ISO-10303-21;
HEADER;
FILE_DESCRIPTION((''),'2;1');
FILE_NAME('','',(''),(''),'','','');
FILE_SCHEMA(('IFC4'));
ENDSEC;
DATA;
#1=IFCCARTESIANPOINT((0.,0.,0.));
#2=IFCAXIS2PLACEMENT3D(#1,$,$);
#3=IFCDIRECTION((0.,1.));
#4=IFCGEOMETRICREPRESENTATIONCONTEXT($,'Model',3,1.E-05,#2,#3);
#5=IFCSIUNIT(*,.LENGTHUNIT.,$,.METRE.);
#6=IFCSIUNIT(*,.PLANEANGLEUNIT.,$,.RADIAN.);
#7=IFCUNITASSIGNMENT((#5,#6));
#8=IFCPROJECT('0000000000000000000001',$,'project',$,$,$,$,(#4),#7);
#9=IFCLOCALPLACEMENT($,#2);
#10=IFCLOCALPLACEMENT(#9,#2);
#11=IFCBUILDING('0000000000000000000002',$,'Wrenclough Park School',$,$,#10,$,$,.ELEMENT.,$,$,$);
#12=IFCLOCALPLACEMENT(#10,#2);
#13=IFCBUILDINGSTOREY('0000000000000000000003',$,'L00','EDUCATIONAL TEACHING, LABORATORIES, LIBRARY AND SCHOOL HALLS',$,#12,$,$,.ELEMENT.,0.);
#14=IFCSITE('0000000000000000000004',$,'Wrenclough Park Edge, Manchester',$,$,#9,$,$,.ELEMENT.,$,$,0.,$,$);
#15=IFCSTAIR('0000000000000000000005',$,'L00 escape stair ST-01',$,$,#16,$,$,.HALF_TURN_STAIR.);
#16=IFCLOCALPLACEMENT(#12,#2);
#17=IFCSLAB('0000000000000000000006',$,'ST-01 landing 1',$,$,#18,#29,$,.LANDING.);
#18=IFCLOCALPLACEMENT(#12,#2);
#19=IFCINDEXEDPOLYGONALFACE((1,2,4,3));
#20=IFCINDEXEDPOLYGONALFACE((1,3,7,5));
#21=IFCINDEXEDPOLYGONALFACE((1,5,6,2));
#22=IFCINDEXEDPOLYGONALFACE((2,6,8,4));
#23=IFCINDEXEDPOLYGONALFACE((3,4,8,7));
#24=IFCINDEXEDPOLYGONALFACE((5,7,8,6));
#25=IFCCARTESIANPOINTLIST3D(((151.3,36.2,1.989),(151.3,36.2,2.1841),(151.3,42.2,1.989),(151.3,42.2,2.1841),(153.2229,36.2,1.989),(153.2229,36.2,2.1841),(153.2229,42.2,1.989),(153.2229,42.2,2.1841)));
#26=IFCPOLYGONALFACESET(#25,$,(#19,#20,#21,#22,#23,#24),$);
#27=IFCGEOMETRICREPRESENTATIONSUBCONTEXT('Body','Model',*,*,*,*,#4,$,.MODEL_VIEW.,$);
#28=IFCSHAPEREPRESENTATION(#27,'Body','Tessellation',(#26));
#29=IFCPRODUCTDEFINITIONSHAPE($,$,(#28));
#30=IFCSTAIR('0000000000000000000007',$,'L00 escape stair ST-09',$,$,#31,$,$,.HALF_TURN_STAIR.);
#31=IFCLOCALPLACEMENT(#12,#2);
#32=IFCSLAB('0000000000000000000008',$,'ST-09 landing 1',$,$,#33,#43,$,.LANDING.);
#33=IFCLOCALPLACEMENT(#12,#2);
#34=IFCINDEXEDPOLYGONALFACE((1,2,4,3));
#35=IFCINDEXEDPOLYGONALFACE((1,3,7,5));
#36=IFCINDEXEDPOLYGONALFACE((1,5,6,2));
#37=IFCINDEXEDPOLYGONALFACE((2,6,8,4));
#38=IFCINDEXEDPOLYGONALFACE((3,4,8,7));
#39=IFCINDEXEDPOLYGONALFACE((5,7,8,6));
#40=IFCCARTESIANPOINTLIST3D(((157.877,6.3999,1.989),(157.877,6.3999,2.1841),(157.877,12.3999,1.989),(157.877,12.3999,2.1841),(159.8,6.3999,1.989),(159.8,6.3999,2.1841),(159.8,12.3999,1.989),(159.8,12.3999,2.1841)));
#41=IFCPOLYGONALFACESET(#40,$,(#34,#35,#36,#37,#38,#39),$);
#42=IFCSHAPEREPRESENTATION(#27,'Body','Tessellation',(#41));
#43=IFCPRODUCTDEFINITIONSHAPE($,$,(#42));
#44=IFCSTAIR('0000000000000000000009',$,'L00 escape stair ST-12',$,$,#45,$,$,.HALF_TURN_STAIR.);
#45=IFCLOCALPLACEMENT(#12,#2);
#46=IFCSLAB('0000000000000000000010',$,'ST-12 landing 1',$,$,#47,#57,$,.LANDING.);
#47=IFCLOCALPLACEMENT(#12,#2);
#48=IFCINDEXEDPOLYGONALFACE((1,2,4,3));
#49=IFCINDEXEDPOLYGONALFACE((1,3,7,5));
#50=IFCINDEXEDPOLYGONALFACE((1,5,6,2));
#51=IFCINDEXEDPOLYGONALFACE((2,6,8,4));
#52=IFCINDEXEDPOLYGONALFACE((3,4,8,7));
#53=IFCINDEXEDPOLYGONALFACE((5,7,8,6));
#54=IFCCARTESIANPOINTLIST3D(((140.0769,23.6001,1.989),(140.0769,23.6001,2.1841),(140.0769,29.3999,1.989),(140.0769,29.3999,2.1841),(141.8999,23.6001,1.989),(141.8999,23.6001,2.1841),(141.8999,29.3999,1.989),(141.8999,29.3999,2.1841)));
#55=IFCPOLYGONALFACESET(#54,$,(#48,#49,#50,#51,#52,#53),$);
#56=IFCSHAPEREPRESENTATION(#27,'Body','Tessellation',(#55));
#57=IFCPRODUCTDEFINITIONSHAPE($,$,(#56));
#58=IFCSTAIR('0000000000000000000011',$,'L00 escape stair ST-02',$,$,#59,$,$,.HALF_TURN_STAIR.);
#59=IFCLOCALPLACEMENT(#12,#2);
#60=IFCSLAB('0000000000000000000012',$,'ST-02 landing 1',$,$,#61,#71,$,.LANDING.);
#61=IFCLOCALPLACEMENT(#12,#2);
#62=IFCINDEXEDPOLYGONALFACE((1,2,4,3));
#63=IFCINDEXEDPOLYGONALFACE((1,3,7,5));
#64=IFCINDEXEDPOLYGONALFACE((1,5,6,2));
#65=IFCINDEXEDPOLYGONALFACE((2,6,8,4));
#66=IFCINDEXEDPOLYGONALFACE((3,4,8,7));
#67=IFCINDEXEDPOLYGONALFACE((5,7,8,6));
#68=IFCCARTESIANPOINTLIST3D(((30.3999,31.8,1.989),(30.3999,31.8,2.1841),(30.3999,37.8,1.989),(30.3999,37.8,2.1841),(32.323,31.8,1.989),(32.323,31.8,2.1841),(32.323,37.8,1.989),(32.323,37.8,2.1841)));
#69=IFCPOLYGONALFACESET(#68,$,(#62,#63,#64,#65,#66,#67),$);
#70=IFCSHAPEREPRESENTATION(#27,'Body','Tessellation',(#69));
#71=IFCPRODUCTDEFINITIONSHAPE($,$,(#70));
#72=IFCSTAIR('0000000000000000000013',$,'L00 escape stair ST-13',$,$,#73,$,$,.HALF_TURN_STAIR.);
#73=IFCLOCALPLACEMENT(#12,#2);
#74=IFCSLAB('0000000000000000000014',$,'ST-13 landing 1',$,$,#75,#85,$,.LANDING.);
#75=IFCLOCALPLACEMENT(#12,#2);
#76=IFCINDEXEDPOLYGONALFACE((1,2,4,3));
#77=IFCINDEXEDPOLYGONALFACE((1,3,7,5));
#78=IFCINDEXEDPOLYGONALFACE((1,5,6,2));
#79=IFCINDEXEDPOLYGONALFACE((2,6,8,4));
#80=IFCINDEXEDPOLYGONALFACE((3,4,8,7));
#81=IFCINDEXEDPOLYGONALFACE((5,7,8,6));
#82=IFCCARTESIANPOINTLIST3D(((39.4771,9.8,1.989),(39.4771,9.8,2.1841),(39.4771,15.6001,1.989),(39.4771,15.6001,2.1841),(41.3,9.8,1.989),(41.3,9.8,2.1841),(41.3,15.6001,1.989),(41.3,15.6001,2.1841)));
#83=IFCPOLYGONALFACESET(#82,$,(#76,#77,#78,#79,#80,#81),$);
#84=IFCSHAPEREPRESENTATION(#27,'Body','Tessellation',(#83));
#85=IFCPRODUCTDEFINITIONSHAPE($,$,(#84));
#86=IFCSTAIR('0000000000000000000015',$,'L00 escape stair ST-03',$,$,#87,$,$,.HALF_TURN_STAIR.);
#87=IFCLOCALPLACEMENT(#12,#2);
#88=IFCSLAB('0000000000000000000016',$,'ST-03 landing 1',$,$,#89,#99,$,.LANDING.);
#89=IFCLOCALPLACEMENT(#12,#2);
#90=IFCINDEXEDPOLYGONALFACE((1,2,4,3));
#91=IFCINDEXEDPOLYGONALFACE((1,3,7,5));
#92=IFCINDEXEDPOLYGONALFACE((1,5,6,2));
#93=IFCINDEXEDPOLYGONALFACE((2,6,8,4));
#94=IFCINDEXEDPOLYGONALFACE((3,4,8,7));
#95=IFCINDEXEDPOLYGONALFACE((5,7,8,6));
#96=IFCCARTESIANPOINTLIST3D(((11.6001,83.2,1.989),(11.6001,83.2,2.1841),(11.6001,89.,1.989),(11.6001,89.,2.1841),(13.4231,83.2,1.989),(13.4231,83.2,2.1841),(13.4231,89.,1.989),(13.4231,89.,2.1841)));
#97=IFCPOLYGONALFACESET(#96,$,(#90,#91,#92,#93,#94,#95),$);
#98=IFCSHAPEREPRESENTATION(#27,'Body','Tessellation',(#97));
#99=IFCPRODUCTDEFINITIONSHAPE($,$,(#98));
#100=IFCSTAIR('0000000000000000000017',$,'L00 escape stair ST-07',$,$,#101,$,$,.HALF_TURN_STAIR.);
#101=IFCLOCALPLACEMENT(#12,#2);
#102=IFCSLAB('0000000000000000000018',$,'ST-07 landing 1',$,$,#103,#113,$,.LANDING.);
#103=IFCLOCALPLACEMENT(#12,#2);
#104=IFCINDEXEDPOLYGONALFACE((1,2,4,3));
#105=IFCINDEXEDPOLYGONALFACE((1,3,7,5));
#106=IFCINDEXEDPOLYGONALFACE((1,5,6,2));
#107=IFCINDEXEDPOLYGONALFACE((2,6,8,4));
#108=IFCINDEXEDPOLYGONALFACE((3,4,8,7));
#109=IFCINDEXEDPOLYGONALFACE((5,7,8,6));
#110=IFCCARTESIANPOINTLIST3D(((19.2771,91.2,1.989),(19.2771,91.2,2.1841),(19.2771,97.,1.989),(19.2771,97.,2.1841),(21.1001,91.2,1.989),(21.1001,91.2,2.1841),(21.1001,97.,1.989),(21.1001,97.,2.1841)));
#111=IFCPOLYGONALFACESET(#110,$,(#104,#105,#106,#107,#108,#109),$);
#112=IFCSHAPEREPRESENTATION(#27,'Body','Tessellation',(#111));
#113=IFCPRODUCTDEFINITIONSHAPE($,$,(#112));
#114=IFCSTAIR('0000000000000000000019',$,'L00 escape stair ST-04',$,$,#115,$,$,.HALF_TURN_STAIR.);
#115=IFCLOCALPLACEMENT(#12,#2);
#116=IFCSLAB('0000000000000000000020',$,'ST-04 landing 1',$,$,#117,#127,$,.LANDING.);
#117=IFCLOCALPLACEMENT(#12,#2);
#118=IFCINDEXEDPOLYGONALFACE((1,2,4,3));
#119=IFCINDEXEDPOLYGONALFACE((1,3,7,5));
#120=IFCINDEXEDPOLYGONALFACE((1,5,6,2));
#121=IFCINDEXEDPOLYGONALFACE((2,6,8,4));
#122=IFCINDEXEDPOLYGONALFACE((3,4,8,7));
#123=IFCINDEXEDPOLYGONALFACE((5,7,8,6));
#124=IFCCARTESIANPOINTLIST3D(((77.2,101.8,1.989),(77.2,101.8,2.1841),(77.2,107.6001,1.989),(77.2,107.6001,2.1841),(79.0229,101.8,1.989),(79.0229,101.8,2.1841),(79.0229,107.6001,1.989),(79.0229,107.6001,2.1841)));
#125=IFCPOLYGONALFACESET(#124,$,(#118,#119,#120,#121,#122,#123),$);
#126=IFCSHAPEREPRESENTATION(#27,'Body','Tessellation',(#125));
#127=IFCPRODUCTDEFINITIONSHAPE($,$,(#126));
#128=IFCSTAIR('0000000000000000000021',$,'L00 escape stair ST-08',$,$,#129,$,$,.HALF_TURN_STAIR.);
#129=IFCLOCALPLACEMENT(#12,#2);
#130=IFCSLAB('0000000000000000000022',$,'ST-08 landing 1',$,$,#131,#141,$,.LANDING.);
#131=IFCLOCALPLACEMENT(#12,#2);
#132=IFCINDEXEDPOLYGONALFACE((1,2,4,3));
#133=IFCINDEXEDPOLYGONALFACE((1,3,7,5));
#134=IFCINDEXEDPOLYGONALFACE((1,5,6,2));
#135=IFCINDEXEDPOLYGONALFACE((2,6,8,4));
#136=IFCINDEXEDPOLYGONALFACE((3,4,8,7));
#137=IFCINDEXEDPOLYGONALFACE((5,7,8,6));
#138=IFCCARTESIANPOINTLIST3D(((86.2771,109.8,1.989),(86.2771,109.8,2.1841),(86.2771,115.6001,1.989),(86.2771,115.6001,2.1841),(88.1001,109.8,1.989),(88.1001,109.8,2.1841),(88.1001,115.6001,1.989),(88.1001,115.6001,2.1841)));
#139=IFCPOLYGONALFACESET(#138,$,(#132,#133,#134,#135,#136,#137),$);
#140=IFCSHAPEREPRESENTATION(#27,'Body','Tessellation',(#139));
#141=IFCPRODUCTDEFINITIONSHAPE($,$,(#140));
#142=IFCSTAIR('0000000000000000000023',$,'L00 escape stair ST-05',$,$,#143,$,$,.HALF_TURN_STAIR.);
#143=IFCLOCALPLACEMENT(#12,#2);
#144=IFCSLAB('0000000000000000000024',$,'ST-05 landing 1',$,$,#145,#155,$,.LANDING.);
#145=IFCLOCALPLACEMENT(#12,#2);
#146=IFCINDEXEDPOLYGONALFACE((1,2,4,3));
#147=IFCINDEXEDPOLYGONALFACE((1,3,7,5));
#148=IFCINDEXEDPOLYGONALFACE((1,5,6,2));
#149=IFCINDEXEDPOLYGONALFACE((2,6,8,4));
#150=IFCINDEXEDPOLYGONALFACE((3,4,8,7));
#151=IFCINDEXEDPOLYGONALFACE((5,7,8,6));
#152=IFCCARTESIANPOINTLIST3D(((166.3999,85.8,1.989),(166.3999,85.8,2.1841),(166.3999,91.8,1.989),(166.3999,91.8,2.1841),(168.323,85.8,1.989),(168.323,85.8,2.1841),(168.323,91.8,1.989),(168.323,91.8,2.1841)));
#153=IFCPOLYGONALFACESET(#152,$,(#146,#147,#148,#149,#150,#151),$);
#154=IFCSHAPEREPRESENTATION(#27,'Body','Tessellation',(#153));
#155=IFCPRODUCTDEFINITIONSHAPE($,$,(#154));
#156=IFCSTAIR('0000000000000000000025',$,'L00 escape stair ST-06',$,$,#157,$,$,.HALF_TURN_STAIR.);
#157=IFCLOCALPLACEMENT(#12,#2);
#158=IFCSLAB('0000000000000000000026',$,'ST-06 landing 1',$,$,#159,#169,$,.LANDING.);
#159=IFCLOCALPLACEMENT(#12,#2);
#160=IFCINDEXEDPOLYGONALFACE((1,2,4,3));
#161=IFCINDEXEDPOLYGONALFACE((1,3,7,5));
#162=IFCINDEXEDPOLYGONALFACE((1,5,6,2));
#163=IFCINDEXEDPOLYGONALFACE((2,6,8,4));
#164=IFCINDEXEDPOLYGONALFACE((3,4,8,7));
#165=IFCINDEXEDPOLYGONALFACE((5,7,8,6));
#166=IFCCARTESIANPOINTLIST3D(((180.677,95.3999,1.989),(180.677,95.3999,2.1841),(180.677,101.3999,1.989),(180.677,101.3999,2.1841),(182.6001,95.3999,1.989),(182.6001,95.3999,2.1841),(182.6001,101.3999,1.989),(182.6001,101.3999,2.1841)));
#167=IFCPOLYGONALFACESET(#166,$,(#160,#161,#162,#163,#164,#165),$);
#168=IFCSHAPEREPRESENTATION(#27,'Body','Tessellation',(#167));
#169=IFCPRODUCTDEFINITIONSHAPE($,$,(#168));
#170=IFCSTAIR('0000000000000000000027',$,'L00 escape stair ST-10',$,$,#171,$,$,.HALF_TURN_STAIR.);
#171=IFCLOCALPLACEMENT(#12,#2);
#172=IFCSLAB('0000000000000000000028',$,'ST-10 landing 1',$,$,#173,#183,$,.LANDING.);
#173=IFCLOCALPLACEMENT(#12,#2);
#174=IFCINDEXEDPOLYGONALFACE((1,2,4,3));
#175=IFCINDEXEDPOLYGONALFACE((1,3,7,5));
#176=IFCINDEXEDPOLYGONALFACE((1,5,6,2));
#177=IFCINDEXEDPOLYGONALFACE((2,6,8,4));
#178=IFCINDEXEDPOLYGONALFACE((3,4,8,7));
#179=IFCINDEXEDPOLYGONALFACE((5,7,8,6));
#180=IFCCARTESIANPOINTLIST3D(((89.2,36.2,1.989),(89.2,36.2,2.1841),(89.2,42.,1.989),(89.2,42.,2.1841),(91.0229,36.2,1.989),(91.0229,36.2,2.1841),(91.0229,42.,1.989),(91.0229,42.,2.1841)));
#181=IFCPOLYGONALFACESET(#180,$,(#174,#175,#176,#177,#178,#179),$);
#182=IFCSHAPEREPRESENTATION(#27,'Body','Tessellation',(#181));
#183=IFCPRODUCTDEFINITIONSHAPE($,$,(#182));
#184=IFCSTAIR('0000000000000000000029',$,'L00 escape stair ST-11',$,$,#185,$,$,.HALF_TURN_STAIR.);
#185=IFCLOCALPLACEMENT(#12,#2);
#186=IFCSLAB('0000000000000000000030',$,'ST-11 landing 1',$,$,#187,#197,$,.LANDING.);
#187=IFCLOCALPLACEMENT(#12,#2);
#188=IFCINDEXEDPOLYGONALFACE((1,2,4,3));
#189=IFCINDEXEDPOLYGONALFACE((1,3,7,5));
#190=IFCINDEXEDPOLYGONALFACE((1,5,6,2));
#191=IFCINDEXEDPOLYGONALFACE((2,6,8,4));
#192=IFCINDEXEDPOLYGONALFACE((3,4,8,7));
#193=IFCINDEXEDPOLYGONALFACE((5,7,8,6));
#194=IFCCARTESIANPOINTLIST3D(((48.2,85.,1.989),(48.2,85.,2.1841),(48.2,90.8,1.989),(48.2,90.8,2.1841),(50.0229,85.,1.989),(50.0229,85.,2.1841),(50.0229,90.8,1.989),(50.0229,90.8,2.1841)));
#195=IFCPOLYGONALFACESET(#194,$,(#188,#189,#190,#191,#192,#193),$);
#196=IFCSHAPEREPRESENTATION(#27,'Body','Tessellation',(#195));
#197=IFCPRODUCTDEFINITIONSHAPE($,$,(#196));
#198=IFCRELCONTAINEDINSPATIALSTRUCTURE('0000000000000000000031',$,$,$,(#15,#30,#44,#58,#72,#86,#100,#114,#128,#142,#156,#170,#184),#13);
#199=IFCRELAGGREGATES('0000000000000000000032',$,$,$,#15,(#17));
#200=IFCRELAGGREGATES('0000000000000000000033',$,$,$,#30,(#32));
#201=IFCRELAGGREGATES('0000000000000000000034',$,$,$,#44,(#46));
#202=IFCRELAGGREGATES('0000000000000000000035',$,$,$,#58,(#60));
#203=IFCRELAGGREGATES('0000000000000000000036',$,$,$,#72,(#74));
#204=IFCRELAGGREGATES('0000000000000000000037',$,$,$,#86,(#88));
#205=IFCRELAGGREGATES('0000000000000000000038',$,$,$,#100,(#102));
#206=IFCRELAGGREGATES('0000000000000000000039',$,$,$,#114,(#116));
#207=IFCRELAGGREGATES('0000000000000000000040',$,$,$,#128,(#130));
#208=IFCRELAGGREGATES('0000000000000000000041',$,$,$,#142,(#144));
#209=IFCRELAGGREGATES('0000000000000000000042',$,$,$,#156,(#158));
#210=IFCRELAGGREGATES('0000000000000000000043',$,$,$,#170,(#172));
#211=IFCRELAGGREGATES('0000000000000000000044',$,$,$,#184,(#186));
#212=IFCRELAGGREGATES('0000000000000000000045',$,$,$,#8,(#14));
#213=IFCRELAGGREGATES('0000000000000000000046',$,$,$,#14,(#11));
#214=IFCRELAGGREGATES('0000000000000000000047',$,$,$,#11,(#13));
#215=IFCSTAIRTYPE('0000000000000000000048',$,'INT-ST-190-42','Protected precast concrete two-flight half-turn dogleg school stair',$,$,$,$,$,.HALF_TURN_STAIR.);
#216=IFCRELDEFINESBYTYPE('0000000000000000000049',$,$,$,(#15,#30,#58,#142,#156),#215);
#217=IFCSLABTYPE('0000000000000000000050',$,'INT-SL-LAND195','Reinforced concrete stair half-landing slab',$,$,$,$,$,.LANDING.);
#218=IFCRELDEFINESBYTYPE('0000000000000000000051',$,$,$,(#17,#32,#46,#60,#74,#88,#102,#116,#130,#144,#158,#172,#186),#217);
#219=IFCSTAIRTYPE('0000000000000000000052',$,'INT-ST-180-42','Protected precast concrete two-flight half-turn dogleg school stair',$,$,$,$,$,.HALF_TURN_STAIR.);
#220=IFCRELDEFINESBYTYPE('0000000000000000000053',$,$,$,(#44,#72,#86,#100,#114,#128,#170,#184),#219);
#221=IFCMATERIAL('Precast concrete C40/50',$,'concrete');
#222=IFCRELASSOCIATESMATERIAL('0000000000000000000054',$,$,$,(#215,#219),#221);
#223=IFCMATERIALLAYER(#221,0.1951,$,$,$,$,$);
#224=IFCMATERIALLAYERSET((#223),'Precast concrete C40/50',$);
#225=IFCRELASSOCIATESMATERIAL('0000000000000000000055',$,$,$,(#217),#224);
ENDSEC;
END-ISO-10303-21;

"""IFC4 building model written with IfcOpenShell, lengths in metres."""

from ifc_helpers import new_model, si_unit, direction, frame, origin, place, context, subcontext, project, spatial, polyline, outline, extrude, material, layer, layer_set, type_object, element, aggregate, save


model = new_model("IFC4")

# Units and contexts
model_context = context("Model", 3, precision=1e-05, world=origin(), true_north=direction((0.0, 1.0)))
body_context = subcontext(model_context, "Body", "Model", "MODEL_VIEW")
ifc_project = project(units=[si_unit("LENGTHUNIT", "METRE"), si_unit("PLANEANGLEUNIT", "RADIAN")], contexts=[model_context])

# Site, building, storey
site_placement = place(None, origin())
site = spatial("IfcSite", under=ifc_project, at=site_placement, Name="Wrenclough Park Edge, Manchester", CompositionType="ELEMENT", RefElevation=0.0)
building_placement = place(site_placement, origin())
building = spatial("IfcBuilding", under=site, at=building_placement, Name="Wrenclough Park School", CompositionType="ELEMENT")
storey_placement = place(building_placement, origin())
storey = spatial("IfcBuildingStorey", under=building, at=storey_placement, Name="L00", Description="EDUCATIONAL TEACHING, LABORATORIES, LIBRARY AND SCHOOL HALLS", CompositionType="ELEMENT", Elevation=0.0)

# Stairs, slabs
ifc_material_1 = material(Name="Precast concrete C40/50", Category="concrete")
stair_type_1 = type_object("IfcStairType", Name="INT-ST-190-42", Description="Protected precast concrete two-flight half-turn dogleg school stair", PredefinedType="HALF_TURN_STAIR", material=ifc_material_1)
stair_1_placement = place(storey_placement, origin())
stair_1 = element("IfcStair", 1, at=stair_1_placement, inside=storey, type_object=stair_type_1, Name="L00 escape stair ST-01", PredefinedType="HALF_TURN_STAIR")
ifc_layer_1 = layer(ifc_material_1, 0.1951)
ifc_layer_set_1 = layer_set([ifc_layer_1], Name="Precast concrete C40/50")
slab_type = type_object("IfcSlabType", Name="INT-SL-LAND195", Description="Reinforced concrete stair half-landing slab", PredefinedType="LANDING", material=ifc_layer_set_1)
slab_1_placement = place(storey_placement, frame((0.0, 0.0, 1.989)))
slab_1 = element("IfcSlab", 2, at=slab_1_placement, type_object=slab_type, Name="ST-01 landing 1", PredefinedType="LANDING", context=body_context, shape_type="SweptSolid", body=[
    extrude(outline(polyline([(151.3, 36.2), (153.2229, 36.2), (153.2229, 42.2), (151.3, 42.2), (151.3, 36.2)])), origin(), (0.0, 0.0, 1.0), 0.1951),
])
aggregate(stair_1, [slab_1])
stair_2_placement = place(storey_placement, origin())
stair_2 = element("IfcStair", 3, at=stair_2_placement, inside=storey, type_object=stair_type_1, Name="L00 escape stair ST-09", PredefinedType="HALF_TURN_STAIR")
slab_2_placement = place(storey_placement, frame((0.0, 0.0, 1.989)))
slab_2 = element("IfcSlab", 4, at=slab_2_placement, type_object=slab_type, Name="ST-09 landing 1", PredefinedType="LANDING", context=body_context, shape_type="SweptSolid", body=[
    extrude(outline(polyline([(157.877, 6.3999), (159.8, 6.3999), (159.8, 12.3999), (157.877, 12.3999), (157.877, 6.3999)])), origin(), (0.0, 0.0, 1.0), 0.1951),
])
aggregate(stair_2, [slab_2])
stair_type_2 = type_object("IfcStairType", Name="INT-ST-180-42", Description="Protected precast concrete two-flight half-turn dogleg school stair", PredefinedType="HALF_TURN_STAIR", material=ifc_material_1)
stair_3_placement = place(storey_placement, origin())
stair_3 = element("IfcStair", 5, at=stair_3_placement, inside=storey, type_object=stair_type_2, Name="L00 escape stair ST-12", PredefinedType="HALF_TURN_STAIR")
slab_3_placement = place(storey_placement, frame((0.0, 0.0, 1.989)))
slab_3 = element("IfcSlab", 6, at=slab_3_placement, type_object=slab_type, Name="ST-12 landing 1", PredefinedType="LANDING", context=body_context, shape_type="SweptSolid", body=[
    extrude(outline(polyline([(140.0769, 23.6001), (141.8999, 23.6001), (141.8999, 29.3999), (140.0769, 29.3999), (140.0769, 23.6001)])), origin(), (0.0, 0.0, 1.0), 0.1951),
])
aggregate(stair_3, [slab_3])
stair_4_placement = place(storey_placement, origin())
stair_4 = element("IfcStair", 7, at=stair_4_placement, inside=storey, type_object=stair_type_1, Name="L00 escape stair ST-02", PredefinedType="HALF_TURN_STAIR")
slab_4_placement = place(storey_placement, frame((0.0, 0.0, 1.989)))
slab_4 = element("IfcSlab", 8, at=slab_4_placement, type_object=slab_type, Name="ST-02 landing 1", PredefinedType="LANDING", context=body_context, shape_type="SweptSolid", body=[
    extrude(outline(polyline([(30.3999, 31.8), (32.323, 31.8), (32.323, 37.8), (30.3999, 37.8), (30.3999, 31.8)])), origin(), (0.0, 0.0, 1.0), 0.1951),
])
aggregate(stair_4, [slab_4])
stair_5_placement = place(storey_placement, origin())
stair_5 = element("IfcStair", 9, at=stair_5_placement, inside=storey, type_object=stair_type_2, Name="L00 escape stair ST-13", PredefinedType="HALF_TURN_STAIR")
slab_5_placement = place(storey_placement, frame((0.0, 0.0, 1.989)))
slab_5 = element("IfcSlab", 10, at=slab_5_placement, type_object=slab_type, Name="ST-13 landing 1", PredefinedType="LANDING", context=body_context, shape_type="SweptSolid", body=[
    extrude(outline(polyline([(39.4771, 9.8), (41.3, 9.8), (41.3, 15.6001), (39.4771, 15.6001), (39.4771, 9.8)])), origin(), (0.0, 0.0, 1.0), 0.1951),
])
aggregate(stair_5, [slab_5])
stair_6_placement = place(storey_placement, origin())
stair_6 = element("IfcStair", 11, at=stair_6_placement, inside=storey, type_object=stair_type_2, Name="L00 escape stair ST-03", PredefinedType="HALF_TURN_STAIR")
slab_6_placement = place(storey_placement, frame((0.0, 0.0, 1.989)))
slab_6 = element("IfcSlab", 12, at=slab_6_placement, type_object=slab_type, Name="ST-03 landing 1", PredefinedType="LANDING", context=body_context, shape_type="SweptSolid", body=[
    extrude(outline(polyline([(11.6001, 83.2), (13.4231, 83.2), (13.4231, 89.0), (11.6001, 89.0), (11.6001, 83.2)])), origin(), (0.0, 0.0, 1.0), 0.1951),
])
aggregate(stair_6, [slab_6])
stair_7_placement = place(storey_placement, origin())
stair_7 = element("IfcStair", 13, at=stair_7_placement, inside=storey, type_object=stair_type_2, Name="L00 escape stair ST-07", PredefinedType="HALF_TURN_STAIR")
slab_7_placement = place(storey_placement, frame((0.0, 0.0, 1.989)))
slab_7 = element("IfcSlab", 14, at=slab_7_placement, type_object=slab_type, Name="ST-07 landing 1", PredefinedType="LANDING", context=body_context, shape_type="SweptSolid", body=[
    extrude(outline(polyline([(19.2771, 91.2), (21.1001, 91.2), (21.1001, 97.0), (19.2771, 97.0), (19.2771, 91.2)])), origin(), (0.0, 0.0, 1.0), 0.1951),
])
aggregate(stair_7, [slab_7])
stair_8_placement = place(storey_placement, origin())
stair_8 = element("IfcStair", 15, at=stair_8_placement, inside=storey, type_object=stair_type_2, Name="L00 escape stair ST-04", PredefinedType="HALF_TURN_STAIR")
slab_8_placement = place(storey_placement, frame((0.0, 0.0, 1.989)))
slab_8 = element("IfcSlab", 16, at=slab_8_placement, type_object=slab_type, Name="ST-04 landing 1", PredefinedType="LANDING", context=body_context, shape_type="SweptSolid", body=[
    extrude(outline(polyline([(77.2, 101.8), (79.0229, 101.8), (79.0229, 107.6001), (77.2, 107.6001), (77.2, 101.8)])), origin(), (0.0, 0.0, 1.0), 0.1951),
])
aggregate(stair_8, [slab_8])
stair_9_placement = place(storey_placement, origin())
stair_9 = element("IfcStair", 17, at=stair_9_placement, inside=storey, type_object=stair_type_2, Name="L00 escape stair ST-08", PredefinedType="HALF_TURN_STAIR")
slab_9_placement = place(storey_placement, frame((0.0, 0.0, 1.989)))
slab_9 = element("IfcSlab", 18, at=slab_9_placement, type_object=slab_type, Name="ST-08 landing 1", PredefinedType="LANDING", context=body_context, shape_type="SweptSolid", body=[
    extrude(outline(polyline([(86.2771, 109.8), (88.1001, 109.8), (88.1001, 115.6001), (86.2771, 115.6001), (86.2771, 109.8)])), origin(), (0.0, 0.0, 1.0), 0.1951),
])
aggregate(stair_9, [slab_9])
stair_10_placement = place(storey_placement, origin())
stair_10 = element("IfcStair", 19, at=stair_10_placement, inside=storey, type_object=stair_type_1, Name="L00 escape stair ST-05", PredefinedType="HALF_TURN_STAIR")
slab_10_placement = place(storey_placement, frame((0.0, 0.0, 1.989)))
slab_10 = element("IfcSlab", 20, at=slab_10_placement, type_object=slab_type, Name="ST-05 landing 1", PredefinedType="LANDING", context=body_context, shape_type="SweptSolid", body=[
    extrude(outline(polyline([(166.3999, 85.8), (168.323, 85.8), (168.323, 91.8), (166.3999, 91.8), (166.3999, 85.8)])), origin(), (0.0, 0.0, 1.0), 0.1951),
])
aggregate(stair_10, [slab_10])
stair_11_placement = place(storey_placement, origin())
stair_11 = element("IfcStair", 21, at=stair_11_placement, inside=storey, type_object=stair_type_1, Name="L00 escape stair ST-06", PredefinedType="HALF_TURN_STAIR")
slab_11_placement = place(storey_placement, frame((0.0, 0.0, 1.989)))
slab_11 = element("IfcSlab", 22, at=slab_11_placement, type_object=slab_type, Name="ST-06 landing 1", PredefinedType="LANDING", context=body_context, shape_type="SweptSolid", body=[
    extrude(outline(polyline([(180.677, 95.3999), (182.6001, 95.3999), (182.6001, 101.3999), (180.677, 101.3999), (180.677, 95.3999)])), origin(), (0.0, 0.0, 1.0), 0.1951),
])
aggregate(stair_11, [slab_11])
stair_12_placement = place(storey_placement, origin())
stair_12 = element("IfcStair", 23, at=stair_12_placement, inside=storey, type_object=stair_type_2, Name="L00 escape stair ST-10", PredefinedType="HALF_TURN_STAIR")
slab_12_placement = place(storey_placement, frame((0.0, 0.0, 1.989)))
slab_12 = element("IfcSlab", 24, at=slab_12_placement, type_object=slab_type, Name="ST-10 landing 1", PredefinedType="LANDING", context=body_context, shape_type="SweptSolid", body=[
    extrude(outline(polyline([(89.2, 36.2), (91.0229, 36.2), (91.0229, 42.0), (89.2, 42.0), (89.2, 36.2)])), origin(), (0.0, 0.0, 1.0), 0.1951),
])
aggregate(stair_12, [slab_12])
stair_13_placement = place(storey_placement, origin())
stair_13 = element("IfcStair", 25, at=stair_13_placement, inside=storey, type_object=stair_type_2, Name="L00 escape stair ST-11", PredefinedType="HALF_TURN_STAIR")
slab_13_placement = place(storey_placement, frame((0.0, 0.0, 1.989)))
slab_13 = element("IfcSlab", 26, at=slab_13_placement, type_object=slab_type, Name="ST-11 landing 1", PredefinedType="LANDING", context=body_context, shape_type="SweptSolid", body=[
    extrude(outline(polyline([(48.2, 85.0), (50.0229, 85.0), (50.0229, 90.8), (48.2, 90.8), (48.2, 85.0)])), origin(), (0.0, 0.0, 1.0), 0.1951),
])
aggregate(stair_13, [slab_13])

save(model, "model.ifc")
